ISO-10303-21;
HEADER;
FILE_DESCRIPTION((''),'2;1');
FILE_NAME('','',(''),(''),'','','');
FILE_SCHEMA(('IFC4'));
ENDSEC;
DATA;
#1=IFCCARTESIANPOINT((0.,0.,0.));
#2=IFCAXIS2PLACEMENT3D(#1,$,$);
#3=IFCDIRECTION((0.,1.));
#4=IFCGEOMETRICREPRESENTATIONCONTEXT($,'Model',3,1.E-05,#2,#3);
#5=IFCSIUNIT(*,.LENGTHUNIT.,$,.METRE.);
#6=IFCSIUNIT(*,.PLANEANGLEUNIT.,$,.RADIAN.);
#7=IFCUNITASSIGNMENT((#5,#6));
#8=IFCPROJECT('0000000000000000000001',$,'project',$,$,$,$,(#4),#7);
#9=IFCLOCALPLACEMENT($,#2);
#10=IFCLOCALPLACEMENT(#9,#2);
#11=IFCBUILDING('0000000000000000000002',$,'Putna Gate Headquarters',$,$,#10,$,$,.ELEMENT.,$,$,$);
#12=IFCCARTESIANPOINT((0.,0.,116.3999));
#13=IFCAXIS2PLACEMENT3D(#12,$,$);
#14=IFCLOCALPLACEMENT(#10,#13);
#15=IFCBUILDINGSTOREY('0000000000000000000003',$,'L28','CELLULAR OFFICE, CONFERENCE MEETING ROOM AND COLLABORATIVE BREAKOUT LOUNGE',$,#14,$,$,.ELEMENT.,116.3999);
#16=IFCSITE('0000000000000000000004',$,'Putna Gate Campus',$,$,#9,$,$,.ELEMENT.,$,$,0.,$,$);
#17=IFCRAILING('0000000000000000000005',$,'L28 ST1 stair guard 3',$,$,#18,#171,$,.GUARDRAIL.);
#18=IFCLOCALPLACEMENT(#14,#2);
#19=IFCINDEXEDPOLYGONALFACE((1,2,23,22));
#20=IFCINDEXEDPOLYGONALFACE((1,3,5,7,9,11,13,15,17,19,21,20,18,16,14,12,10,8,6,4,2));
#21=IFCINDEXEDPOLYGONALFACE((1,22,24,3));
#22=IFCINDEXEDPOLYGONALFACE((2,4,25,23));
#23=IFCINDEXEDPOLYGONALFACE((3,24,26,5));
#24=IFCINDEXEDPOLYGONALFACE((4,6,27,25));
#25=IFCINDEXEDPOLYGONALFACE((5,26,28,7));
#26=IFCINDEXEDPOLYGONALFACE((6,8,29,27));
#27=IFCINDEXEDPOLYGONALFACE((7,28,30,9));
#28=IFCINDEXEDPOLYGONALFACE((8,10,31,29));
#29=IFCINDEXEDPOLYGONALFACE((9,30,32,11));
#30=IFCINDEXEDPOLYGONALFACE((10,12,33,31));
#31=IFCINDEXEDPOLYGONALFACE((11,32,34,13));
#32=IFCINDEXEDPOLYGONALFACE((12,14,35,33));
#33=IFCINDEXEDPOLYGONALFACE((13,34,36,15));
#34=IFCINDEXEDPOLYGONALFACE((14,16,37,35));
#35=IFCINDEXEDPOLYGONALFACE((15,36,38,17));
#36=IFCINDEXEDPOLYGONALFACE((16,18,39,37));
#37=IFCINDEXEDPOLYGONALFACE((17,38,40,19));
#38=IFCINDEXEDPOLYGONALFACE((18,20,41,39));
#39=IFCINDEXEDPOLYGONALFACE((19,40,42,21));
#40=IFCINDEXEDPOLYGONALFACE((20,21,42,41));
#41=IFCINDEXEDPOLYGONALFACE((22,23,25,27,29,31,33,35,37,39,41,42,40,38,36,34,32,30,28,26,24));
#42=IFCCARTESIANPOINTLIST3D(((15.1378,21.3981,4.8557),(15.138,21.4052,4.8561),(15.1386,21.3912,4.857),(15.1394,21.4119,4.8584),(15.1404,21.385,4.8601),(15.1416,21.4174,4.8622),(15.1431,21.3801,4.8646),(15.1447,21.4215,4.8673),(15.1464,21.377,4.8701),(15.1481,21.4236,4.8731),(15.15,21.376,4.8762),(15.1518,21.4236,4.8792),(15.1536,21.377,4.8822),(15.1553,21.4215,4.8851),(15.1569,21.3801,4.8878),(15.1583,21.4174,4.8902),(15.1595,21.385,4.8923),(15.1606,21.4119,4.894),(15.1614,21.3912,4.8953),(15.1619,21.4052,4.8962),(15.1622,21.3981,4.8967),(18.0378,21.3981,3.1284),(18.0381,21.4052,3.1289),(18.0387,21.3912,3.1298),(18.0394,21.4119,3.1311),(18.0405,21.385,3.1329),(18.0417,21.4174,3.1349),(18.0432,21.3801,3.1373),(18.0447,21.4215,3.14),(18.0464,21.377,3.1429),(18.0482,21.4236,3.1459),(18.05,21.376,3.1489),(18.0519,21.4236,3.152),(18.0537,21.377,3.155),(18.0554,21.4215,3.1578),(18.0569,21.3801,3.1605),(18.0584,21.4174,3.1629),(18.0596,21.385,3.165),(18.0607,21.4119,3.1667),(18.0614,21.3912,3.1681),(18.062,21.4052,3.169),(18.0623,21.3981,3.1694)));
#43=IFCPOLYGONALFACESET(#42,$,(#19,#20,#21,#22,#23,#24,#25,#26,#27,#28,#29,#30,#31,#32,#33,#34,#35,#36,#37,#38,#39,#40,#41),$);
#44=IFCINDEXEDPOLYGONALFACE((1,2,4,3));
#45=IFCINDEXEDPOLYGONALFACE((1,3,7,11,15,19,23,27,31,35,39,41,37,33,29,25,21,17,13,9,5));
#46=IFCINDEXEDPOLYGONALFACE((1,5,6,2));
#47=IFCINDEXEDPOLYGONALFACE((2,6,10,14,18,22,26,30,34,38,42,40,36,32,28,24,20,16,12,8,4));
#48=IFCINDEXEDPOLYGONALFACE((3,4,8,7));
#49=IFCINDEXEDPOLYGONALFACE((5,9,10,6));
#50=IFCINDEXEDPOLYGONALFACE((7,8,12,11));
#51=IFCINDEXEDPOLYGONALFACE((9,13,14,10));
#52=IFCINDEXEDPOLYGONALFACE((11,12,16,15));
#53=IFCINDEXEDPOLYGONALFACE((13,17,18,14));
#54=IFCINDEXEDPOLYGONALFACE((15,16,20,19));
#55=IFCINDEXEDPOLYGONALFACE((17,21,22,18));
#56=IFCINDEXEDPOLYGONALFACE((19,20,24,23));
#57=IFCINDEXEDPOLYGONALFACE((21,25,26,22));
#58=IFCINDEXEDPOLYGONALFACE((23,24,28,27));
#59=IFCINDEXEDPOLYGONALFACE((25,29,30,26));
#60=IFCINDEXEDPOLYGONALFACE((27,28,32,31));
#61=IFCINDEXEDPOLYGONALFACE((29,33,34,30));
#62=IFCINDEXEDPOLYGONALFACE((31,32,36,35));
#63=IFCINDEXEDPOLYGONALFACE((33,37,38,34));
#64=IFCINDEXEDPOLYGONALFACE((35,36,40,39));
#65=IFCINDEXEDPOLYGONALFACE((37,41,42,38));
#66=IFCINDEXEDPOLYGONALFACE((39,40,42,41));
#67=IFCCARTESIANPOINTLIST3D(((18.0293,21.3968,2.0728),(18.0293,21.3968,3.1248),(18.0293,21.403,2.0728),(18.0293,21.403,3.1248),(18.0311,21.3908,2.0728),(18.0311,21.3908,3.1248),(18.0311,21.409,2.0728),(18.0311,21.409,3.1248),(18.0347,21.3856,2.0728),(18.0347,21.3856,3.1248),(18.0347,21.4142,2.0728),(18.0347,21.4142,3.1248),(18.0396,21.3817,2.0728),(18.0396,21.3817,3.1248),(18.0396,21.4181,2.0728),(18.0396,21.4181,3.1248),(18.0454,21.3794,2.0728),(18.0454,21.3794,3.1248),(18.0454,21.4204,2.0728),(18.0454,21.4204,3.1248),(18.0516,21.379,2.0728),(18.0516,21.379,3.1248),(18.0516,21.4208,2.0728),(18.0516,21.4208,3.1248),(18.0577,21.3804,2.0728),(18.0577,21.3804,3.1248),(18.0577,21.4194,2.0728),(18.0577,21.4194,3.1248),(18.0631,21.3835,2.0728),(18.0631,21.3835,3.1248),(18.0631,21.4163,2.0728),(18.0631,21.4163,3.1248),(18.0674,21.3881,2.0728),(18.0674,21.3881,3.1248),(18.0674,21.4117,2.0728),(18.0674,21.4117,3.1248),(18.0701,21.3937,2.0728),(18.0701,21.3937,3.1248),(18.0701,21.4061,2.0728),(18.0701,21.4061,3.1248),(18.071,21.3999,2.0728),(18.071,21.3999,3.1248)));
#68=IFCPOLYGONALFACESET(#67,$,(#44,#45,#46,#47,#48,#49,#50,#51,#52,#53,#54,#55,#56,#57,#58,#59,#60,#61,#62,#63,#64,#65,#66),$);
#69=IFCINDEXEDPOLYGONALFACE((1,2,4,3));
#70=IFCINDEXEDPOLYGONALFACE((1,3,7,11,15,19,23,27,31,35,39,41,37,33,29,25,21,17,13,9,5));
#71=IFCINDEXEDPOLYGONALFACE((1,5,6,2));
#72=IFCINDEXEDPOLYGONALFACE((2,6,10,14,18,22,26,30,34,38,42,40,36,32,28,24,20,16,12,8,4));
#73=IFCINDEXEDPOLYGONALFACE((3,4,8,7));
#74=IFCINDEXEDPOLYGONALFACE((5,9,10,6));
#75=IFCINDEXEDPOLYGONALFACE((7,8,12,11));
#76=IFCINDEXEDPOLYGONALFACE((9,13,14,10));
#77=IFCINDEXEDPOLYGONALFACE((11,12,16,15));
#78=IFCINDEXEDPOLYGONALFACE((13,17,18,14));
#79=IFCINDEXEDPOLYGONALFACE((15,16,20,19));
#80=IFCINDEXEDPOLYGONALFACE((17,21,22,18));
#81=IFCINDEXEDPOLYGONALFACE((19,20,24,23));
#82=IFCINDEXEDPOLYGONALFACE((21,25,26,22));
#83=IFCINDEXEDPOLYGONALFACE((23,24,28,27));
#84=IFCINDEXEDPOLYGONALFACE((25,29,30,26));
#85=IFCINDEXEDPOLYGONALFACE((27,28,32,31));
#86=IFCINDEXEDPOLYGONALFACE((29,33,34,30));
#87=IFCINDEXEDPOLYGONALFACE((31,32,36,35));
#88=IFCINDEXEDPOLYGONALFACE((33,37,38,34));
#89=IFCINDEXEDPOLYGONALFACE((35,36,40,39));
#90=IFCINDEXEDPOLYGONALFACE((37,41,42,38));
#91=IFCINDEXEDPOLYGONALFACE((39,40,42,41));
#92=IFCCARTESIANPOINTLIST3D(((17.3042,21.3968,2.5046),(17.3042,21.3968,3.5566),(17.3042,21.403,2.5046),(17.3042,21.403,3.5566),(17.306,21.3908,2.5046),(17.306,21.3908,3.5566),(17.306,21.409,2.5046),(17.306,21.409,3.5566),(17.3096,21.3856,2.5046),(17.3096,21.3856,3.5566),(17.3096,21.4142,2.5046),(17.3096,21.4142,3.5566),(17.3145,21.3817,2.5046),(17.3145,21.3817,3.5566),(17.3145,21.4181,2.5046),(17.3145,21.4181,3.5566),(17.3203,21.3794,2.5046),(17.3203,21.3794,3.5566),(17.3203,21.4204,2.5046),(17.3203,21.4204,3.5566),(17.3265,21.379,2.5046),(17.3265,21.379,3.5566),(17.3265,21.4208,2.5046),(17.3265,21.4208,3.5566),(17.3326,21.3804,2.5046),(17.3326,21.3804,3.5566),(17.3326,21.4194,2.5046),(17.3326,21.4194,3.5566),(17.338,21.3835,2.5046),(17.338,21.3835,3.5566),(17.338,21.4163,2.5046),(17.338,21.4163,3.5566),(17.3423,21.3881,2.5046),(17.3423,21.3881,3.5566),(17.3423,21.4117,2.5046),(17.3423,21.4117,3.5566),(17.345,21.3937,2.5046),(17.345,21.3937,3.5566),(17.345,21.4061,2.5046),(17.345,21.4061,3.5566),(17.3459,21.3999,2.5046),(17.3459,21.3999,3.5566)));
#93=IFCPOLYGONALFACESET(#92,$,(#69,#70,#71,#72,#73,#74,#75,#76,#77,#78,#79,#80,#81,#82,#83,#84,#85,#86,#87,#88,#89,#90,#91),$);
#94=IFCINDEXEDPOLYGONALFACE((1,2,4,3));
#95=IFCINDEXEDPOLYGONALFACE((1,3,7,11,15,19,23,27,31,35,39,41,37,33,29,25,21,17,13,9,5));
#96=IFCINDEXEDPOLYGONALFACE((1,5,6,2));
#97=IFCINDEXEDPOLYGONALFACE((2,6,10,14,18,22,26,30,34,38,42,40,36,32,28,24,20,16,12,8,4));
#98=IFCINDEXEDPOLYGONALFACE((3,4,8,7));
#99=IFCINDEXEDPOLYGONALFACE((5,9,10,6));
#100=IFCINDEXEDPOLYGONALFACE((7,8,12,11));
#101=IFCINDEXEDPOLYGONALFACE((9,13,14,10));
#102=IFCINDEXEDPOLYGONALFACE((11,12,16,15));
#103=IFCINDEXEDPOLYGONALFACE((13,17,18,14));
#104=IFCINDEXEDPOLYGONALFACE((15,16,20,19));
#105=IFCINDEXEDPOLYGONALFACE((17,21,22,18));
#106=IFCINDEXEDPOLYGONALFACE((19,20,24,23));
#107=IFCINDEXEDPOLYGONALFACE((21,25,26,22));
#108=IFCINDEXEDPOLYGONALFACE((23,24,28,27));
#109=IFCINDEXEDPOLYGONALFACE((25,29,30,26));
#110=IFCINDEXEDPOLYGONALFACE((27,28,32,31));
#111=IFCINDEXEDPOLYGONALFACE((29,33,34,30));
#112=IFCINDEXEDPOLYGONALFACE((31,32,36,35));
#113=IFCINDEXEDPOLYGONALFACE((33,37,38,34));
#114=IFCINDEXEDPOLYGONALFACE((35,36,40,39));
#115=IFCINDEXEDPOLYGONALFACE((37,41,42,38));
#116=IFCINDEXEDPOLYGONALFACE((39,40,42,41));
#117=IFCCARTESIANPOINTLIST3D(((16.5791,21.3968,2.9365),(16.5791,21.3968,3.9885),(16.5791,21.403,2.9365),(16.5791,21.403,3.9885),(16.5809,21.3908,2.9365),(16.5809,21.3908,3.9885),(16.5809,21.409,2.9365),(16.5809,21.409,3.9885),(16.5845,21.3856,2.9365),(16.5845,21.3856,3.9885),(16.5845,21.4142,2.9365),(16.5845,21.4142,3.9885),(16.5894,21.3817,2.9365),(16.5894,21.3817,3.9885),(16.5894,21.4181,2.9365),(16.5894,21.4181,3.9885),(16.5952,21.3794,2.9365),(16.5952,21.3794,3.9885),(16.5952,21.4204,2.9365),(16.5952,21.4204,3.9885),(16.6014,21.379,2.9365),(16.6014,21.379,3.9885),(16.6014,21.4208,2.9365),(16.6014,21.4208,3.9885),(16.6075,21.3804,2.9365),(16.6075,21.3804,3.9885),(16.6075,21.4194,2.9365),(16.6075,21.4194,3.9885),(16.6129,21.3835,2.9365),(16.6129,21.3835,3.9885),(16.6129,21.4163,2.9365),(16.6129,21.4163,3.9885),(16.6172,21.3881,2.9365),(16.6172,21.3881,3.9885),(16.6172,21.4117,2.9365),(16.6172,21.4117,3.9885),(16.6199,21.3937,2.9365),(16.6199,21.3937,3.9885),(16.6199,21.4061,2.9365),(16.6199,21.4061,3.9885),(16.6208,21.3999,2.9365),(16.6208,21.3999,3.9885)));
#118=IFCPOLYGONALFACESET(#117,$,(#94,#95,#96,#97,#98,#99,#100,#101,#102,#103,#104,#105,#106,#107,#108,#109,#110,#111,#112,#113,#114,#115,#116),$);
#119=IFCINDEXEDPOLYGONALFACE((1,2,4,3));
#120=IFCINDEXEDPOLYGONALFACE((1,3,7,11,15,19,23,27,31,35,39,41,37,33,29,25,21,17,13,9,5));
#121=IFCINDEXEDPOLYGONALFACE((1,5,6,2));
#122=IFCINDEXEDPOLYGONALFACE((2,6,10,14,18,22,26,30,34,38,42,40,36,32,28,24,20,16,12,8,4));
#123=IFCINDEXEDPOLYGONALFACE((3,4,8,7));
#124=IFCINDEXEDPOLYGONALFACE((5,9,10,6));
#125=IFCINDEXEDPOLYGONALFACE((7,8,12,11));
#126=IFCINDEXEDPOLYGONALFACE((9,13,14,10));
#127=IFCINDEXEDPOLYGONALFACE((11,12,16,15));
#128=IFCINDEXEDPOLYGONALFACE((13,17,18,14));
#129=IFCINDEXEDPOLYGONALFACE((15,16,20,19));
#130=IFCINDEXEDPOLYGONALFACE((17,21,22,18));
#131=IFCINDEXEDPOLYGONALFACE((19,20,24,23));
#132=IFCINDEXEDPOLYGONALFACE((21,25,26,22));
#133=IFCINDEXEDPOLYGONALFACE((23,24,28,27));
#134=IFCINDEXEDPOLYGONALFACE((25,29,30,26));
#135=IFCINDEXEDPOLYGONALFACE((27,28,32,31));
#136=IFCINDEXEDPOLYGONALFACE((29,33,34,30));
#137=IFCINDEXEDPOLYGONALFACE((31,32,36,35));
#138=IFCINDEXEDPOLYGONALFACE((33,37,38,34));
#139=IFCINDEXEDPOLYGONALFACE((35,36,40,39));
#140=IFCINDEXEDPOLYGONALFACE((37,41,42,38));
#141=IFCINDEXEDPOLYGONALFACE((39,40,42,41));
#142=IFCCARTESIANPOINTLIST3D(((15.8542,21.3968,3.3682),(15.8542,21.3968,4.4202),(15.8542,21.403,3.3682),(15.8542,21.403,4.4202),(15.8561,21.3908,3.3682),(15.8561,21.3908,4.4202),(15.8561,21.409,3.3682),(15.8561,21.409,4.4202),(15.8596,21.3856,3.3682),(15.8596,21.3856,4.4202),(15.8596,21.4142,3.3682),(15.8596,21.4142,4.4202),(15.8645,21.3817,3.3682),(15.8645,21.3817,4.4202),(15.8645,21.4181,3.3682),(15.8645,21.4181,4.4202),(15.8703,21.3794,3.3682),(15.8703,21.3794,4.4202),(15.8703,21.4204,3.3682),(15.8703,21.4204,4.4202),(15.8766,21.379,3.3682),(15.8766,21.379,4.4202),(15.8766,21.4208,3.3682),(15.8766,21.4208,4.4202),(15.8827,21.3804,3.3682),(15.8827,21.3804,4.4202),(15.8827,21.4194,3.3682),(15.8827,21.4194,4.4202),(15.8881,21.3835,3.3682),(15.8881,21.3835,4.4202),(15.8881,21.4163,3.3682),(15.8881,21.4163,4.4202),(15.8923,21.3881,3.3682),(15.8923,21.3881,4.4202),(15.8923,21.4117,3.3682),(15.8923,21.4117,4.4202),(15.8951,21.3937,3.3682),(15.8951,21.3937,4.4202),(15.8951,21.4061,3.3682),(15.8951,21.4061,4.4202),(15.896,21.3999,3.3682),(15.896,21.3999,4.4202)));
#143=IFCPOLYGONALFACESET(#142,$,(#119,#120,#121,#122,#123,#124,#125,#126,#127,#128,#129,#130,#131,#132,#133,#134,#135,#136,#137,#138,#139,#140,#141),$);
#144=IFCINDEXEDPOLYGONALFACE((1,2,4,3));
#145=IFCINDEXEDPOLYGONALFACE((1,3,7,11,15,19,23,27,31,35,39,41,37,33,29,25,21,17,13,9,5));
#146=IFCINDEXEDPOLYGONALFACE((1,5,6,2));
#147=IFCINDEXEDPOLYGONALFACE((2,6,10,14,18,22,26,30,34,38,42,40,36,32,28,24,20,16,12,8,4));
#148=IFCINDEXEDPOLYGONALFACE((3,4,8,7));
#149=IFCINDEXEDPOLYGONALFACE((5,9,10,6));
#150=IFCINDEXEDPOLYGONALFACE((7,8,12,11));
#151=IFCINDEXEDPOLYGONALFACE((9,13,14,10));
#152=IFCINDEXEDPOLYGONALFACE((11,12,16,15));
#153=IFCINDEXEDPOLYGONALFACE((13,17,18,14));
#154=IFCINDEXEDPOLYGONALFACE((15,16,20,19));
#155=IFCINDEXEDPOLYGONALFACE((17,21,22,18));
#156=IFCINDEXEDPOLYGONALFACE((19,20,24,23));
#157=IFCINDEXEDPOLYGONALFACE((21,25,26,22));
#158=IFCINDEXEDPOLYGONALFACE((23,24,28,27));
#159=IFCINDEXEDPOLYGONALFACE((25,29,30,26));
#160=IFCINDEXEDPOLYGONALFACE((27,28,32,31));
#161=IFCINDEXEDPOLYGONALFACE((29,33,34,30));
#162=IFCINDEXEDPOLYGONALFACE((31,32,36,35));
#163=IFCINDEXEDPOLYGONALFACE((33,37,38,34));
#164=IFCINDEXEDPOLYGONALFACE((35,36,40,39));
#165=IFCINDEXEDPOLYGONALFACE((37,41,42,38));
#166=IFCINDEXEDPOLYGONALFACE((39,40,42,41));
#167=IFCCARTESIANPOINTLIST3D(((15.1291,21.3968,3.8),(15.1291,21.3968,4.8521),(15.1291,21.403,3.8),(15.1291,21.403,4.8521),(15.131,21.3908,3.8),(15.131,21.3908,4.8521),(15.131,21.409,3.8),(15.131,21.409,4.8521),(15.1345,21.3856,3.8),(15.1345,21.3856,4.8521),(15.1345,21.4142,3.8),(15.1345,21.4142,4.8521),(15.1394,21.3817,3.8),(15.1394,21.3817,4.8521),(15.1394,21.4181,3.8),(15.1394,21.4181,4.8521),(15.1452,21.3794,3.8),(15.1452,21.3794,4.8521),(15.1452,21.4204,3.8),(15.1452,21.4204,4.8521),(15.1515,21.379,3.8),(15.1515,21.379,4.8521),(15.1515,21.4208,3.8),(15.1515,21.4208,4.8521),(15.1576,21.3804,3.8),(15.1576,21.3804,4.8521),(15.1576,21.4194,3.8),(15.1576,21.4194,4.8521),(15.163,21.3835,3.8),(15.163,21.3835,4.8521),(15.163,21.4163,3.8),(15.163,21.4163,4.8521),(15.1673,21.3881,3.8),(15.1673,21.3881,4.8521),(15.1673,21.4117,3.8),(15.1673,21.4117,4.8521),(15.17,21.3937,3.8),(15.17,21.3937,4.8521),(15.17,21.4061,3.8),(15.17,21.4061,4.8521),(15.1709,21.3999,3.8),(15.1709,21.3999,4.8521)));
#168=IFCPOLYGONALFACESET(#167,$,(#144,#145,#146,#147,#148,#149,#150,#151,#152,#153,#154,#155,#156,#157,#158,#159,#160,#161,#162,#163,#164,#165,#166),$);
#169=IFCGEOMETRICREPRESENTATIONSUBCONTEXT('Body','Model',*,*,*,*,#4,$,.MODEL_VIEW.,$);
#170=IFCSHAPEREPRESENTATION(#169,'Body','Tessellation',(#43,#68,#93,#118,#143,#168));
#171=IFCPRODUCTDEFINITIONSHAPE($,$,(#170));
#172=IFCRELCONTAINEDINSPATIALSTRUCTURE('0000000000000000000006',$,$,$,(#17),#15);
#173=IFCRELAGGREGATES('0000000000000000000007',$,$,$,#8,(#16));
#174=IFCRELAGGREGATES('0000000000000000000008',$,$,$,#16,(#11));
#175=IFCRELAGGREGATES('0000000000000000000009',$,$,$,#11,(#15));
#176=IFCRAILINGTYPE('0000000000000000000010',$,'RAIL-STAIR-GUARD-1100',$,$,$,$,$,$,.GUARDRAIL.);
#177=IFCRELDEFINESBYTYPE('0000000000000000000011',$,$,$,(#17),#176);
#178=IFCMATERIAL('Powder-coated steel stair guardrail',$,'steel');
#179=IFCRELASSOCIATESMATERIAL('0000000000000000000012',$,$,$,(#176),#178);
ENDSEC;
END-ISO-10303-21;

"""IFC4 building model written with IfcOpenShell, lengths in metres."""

from ifc_helpers import new_model, si_unit, direction, frame, origin, origin_2d, place, context, subcontext, project, spatial, circle, extrude, material, type_object, element, save


model = new_model("IFC4")

# Units and contexts
model_context = context("Model", 3, precision=1e-05, world=origin(), true_north=direction((0.0, 1.0)))
body_context = subcontext(model_context, "Body", "Model", "MODEL_VIEW")
ifc_project = project(units=[si_unit("LENGTHUNIT", "METRE"), si_unit("PLANEANGLEUNIT", "RADIAN")], contexts=[model_context])

# Site, building, storey
site_placement = place(None, origin())
site = spatial("IfcSite", under=ifc_project, at=site_placement, Name="Putna Gate Campus", CompositionType="ELEMENT", RefElevation=0.0)
building_placement = place(site_placement, origin())
building = spatial("IfcBuilding", under=site, at=building_placement, Name="Putna Gate Headquarters", CompositionType="ELEMENT")
storey_placement = place(building_placement, frame((0.0, 0.0, 116.3999)))
storey = spatial("IfcBuildingStorey", under=building, at=storey_placement, Name="L28", Description="CELLULAR OFFICE, CONFERENCE MEETING ROOM AND COLLABORATIVE BREAKOUT LOUNGE", CompositionType="ELEMENT", Elevation=116.3999)

# Railing
ifc_material_1 = material(Name="Powder-coated steel stair guardrail", Category="steel")
railing_type_1 = type_object("IfcRailingType", Name="RAIL-STAIR-GUARD-1100", PredefinedType="GUARDRAIL", material=ifc_material_1)
railing_1_placement = place(storey_placement, frame((18.05, 21.3999, 2.0728)))
element("IfcRailing", 1, at=railing_1_placement, inside=storey, type_object=railing_type_1, Name="L28 ST1 stair guard 3", PredefinedType="GUARDRAIL", context=body_context, shape_type="SweptSolid", body=[
    extrude(circle(Radius=0.0239, at=origin_2d()), frame((0.0, 0.0, 1.0762), z_axis=(-0.85916, 0.0, 0.511706), x_axis=(0.0, -1.0, 0.0)), (0.0, 0.0, 1.0), 3.3755),
    extrude(circle(Radius=0.021, at=origin_2d()), origin(), (0.0, 0.0, 1.0), 1.052),
    extrude(circle(Radius=0.021, at=origin_2d()), frame((-0.7251, 0.0, 0.4319)), (0.0, 0.0, 1.0), 1.052),
    extrude(circle(Radius=0.021, at=origin_2d()), frame((-1.4502, 0.0, 0.8638)), (0.0, 0.0, 1.0), 1.052),
    extrude(circle(Radius=0.021, at=origin_2d()), frame((-2.175, 0.0, 1.2954)), (0.0, 0.0, 1.0), 1.052),
    extrude(circle(Radius=0.021, at=origin_2d()), frame((-2.9001, 0.0, 1.7273)), (0.0, 0.0, 1.0), 1.052),
])

save(model, "model.ifc")
